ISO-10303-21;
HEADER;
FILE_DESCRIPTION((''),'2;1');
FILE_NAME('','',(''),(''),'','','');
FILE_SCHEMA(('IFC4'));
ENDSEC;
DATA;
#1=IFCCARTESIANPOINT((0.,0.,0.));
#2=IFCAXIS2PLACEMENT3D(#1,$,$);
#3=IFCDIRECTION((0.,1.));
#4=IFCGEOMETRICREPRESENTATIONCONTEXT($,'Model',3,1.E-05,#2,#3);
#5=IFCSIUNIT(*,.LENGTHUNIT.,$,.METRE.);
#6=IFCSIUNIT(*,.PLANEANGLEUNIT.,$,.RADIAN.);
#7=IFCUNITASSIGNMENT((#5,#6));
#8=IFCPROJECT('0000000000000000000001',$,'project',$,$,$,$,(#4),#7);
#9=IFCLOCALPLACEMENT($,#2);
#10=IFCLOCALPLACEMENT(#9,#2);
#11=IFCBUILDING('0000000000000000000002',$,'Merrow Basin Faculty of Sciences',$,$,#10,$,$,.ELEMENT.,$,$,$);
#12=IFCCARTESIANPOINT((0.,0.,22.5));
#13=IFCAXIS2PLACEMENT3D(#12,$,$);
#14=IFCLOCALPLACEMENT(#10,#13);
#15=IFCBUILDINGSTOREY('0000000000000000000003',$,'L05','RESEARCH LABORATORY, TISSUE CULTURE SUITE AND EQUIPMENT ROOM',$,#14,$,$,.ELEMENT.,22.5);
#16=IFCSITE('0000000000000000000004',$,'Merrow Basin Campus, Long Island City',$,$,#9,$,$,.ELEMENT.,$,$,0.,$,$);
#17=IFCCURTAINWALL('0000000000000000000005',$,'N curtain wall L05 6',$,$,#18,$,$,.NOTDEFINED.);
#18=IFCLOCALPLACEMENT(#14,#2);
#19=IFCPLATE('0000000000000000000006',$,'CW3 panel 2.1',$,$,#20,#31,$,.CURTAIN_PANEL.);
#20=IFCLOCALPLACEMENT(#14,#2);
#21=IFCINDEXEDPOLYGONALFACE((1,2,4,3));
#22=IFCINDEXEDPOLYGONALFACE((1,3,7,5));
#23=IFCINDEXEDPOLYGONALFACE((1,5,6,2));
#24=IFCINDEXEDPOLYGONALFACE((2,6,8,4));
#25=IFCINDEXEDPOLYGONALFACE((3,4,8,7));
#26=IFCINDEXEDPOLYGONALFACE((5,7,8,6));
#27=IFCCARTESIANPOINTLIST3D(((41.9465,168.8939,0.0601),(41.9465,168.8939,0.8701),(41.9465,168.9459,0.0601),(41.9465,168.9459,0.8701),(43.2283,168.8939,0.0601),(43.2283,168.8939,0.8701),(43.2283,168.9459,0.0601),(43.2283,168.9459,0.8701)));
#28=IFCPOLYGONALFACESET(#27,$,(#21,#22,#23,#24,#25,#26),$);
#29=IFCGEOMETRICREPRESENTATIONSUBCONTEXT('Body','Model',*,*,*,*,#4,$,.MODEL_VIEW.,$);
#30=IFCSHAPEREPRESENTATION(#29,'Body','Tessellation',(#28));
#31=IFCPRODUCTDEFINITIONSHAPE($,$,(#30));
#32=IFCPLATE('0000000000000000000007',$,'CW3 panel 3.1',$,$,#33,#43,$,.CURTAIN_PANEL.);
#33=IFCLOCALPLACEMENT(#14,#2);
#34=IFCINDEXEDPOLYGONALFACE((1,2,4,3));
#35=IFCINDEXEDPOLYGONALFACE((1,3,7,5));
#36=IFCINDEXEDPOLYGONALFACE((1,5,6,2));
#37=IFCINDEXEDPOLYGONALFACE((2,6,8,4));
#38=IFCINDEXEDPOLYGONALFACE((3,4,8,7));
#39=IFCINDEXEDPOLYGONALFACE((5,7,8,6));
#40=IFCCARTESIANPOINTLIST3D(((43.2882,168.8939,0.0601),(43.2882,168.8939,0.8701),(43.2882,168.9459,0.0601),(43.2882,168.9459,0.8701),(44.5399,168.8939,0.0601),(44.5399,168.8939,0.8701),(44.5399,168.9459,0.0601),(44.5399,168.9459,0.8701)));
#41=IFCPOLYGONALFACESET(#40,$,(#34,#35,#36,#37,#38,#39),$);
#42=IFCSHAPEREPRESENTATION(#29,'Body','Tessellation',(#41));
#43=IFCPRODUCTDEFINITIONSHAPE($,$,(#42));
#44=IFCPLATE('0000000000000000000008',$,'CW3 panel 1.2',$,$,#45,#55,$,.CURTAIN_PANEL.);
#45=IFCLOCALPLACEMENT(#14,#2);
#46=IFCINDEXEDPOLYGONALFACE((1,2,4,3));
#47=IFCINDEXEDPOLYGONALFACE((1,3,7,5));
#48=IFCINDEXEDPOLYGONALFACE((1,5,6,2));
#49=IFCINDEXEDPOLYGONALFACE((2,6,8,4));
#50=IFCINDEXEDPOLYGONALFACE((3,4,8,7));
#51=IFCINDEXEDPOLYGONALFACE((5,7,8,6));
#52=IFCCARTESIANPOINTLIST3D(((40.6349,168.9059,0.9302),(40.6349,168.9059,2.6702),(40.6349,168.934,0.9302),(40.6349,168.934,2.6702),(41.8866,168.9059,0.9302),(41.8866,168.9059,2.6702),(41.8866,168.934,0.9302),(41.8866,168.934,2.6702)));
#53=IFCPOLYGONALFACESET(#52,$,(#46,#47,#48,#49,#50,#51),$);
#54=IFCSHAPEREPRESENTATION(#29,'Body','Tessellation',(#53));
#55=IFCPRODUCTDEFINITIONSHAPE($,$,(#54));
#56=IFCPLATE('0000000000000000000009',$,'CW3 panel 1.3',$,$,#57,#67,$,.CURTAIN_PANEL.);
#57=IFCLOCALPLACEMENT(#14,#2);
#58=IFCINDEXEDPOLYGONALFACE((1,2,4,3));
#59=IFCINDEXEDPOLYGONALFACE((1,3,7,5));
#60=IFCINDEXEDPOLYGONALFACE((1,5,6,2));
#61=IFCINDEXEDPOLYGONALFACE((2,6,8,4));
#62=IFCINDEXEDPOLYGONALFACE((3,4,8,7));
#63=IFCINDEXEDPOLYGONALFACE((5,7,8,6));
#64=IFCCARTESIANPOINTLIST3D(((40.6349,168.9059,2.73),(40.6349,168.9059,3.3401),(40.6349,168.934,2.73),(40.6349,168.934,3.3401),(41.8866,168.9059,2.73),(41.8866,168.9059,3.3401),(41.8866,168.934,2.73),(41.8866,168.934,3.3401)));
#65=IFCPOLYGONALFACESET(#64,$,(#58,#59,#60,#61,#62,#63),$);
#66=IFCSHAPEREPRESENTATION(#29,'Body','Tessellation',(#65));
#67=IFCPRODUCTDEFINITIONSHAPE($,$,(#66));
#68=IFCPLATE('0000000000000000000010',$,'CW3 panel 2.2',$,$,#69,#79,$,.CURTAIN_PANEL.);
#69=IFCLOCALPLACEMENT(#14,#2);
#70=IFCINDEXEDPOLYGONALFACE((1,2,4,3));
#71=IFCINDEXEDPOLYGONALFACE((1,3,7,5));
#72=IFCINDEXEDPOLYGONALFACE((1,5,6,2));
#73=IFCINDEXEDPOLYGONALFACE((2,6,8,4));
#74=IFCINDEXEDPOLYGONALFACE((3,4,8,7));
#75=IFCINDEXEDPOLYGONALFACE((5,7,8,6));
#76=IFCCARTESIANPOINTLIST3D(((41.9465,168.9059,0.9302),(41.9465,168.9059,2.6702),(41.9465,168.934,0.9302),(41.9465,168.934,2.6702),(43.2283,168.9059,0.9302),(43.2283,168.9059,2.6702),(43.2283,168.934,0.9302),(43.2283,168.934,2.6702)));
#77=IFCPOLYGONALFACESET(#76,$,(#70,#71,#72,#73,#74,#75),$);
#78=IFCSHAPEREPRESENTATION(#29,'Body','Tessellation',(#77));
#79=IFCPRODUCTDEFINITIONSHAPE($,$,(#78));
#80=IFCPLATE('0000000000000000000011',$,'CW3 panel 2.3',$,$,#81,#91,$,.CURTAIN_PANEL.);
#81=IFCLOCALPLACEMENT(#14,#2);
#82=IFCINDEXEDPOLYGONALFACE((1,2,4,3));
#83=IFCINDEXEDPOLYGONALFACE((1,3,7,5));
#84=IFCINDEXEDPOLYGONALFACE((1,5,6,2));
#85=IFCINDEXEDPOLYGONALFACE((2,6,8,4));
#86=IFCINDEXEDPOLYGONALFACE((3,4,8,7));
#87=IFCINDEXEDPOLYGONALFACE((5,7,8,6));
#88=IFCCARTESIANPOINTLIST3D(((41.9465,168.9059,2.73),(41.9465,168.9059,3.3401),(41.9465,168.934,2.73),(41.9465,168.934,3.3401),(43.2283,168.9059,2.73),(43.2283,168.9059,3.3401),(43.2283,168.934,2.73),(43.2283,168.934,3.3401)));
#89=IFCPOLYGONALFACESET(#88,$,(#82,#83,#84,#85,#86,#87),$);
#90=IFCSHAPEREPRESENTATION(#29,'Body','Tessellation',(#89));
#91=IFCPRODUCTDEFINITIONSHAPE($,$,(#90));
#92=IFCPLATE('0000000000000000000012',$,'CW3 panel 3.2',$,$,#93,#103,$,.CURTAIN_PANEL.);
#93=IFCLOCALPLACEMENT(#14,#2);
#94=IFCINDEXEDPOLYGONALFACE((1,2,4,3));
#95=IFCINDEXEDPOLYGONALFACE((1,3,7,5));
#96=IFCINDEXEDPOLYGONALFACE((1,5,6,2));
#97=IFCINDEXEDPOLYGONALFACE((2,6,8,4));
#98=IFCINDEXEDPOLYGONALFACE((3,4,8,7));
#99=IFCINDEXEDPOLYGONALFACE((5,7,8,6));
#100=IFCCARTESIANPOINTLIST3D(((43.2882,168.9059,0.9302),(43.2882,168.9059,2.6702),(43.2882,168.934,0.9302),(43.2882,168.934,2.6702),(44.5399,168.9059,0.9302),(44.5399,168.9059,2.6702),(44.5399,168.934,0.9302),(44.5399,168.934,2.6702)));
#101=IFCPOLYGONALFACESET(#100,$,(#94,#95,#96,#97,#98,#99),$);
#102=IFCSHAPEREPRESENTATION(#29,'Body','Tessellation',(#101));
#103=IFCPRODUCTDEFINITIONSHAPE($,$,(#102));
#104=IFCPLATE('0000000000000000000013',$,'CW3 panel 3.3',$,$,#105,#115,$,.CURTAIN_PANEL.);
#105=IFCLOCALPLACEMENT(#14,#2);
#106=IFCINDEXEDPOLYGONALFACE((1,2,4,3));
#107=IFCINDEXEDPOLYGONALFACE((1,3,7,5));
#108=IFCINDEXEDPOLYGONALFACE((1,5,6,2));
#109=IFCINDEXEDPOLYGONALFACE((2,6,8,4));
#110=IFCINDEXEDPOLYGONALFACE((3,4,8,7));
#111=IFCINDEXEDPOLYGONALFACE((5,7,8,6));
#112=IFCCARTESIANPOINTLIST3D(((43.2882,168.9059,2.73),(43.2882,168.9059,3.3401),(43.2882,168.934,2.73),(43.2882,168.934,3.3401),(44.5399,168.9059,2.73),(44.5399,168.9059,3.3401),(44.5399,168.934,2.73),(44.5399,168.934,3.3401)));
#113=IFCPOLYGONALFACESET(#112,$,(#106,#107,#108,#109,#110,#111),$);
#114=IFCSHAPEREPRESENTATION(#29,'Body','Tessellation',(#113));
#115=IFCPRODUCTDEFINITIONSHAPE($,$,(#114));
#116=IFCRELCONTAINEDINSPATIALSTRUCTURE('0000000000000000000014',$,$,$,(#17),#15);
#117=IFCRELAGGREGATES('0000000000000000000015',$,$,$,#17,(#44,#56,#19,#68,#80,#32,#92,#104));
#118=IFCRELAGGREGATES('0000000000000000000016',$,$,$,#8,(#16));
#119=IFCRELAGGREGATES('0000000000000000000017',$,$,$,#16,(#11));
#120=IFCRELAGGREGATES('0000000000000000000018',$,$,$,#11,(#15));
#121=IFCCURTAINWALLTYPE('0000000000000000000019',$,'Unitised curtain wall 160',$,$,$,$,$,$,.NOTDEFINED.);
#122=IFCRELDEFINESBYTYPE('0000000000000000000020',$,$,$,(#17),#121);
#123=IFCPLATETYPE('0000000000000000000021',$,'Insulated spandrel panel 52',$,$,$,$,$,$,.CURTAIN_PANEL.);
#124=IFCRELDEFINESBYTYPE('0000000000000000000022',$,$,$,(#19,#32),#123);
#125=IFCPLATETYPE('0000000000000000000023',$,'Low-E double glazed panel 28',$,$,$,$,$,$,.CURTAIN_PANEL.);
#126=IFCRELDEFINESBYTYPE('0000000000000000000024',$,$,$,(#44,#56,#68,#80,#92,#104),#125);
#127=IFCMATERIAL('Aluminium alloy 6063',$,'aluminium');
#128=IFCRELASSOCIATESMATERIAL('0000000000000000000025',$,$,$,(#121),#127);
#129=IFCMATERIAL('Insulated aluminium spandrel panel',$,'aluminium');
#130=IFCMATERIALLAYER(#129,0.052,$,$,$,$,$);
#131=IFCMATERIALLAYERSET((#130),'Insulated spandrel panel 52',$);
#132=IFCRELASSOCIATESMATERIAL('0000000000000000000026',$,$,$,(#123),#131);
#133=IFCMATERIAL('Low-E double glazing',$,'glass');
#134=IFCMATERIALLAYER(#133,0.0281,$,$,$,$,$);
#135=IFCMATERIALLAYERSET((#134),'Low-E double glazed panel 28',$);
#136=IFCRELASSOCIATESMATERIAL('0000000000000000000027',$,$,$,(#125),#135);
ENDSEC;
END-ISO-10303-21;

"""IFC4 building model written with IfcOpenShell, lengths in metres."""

from ifc_helpers import new_model, si_unit, direction, frame, origin, origin_2d, place, context, subcontext, project, spatial, rectangle, extrude, material, layer, layer_set, type_object, element, aggregate, save


model = new_model("IFC4")

# Units and contexts
model_context = context("Model", 3, precision=1e-05, world=origin(), true_north=direction((0.0, 1.0)))
body_context = subcontext(model_context, "Body", "Model", "MODEL_VIEW")
ifc_project = project(units=[si_unit("LENGTHUNIT", "METRE"), si_unit("PLANEANGLEUNIT", "RADIAN")], contexts=[model_context])

# Site, building, storey
site_placement = place(None, origin())
site = spatial("IfcSite", under=ifc_project, at=site_placement, Name="Merrow Basin Campus, Long Island City", CompositionType="ELEMENT", RefElevation=0.0)
building_placement = place(site_placement, origin())
building = spatial("IfcBuilding", under=site, at=building_placement, Name="Merrow Basin Faculty of Sciences", CompositionType="ELEMENT")
storey_placement = place(building_placement, frame((0.0, 0.0, 22.5)))
storey = spatial("IfcBuildingStorey", under=building, at=storey_placement, Name="L05", Description="RESEARCH LABORATORY, TISSUE CULTURE SUITE AND EQUIPMENT ROOM", CompositionType="ELEMENT", Elevation=22.5)

# Curtain wall
ifc_material_1 = material(Name="Aluminium alloy 6063", Category="aluminium")
curtain_wall_type = type_object("IfcCurtainWallType", Name="Unitised curtain wall 160", PredefinedType="NOTDEFINED", material=ifc_material_1)
curtain_wall_1_placement = place(storey_placement, origin())
curtain_wall_1 = element("IfcCurtainWall", 1, at=curtain_wall_1_placement, inside=storey, type_object=curtain_wall_type, Name="N curtain wall L05 6", PredefinedType="NOTDEFINED")

# Plates
ifc_material_2 = material(Name="Insulated aluminium spandrel panel", Category="aluminium")
ifc_layer_1 = layer(ifc_material_2, 0.052)
ifc_layer_set_1 = layer_set([ifc_layer_1], Name="Insulated spandrel panel 52")
plate_type_1 = type_object("IfcPlateType", Name="Insulated spandrel panel 52", PredefinedType="CURTAIN_PANEL", material=ifc_layer_set_1)
plate_1_placement = place(storey_placement, frame((42.5874, 168.9199, 0.0601), z_axis=(0.0, 0.0, 1.0), x_axis=(1.0, 0.0, 0.0)))
plate_1 = element("IfcPlate", 2, at=plate_1_placement, type_object=plate_type_1, Name="CW3 panel 2.1", PredefinedType="CURTAIN_PANEL", context=body_context, shape_type="SweptSolid", body=[
    extrude(rectangle(XDim=1.2817, YDim=0.052, at=origin_2d()), origin(), (0.0, 0.0, 1.0), 0.8101),
])
plate_2_placement = place(storey_placement, frame((43.9141, 168.9199, 0.0601), z_axis=(0.0, 0.0, 1.0), x_axis=(1.0, 0.0, 0.0)))
plate_2 = element("IfcPlate", 3, at=plate_2_placement, type_object=plate_type_1, Name="CW3 panel 3.1", PredefinedType="CURTAIN_PANEL", context=body_context, shape_type="SweptSolid", body=[
    extrude(rectangle(XDim=1.2517, YDim=0.052, at=origin_2d()), origin(), (0.0, 0.0, 1.0), 0.8101),
])
ifc_material_3 = material(Name="Low-E double glazing", Category="glass")
ifc_layer_2 = layer(ifc_material_3, 0.0281)
ifc_layer_set_2 = layer_set([ifc_layer_2], Name="Low-E double glazed panel 28")
plate_type_2 = type_object("IfcPlateType", Name="Low-E double glazed panel 28", PredefinedType="CURTAIN_PANEL", material=ifc_layer_set_2)
plate_3_placement = place(storey_placement, frame((41.2607, 168.9199, 0.9302), z_axis=(0.0, 0.0, 1.0), x_axis=(1.0, 0.0, 0.0)))
plate_3 = element("IfcPlate", 4, at=plate_3_placement, type_object=plate_type_2, Name="CW3 panel 1.2", PredefinedType="CURTAIN_PANEL", context=body_context, shape_type="SweptSolid", body=[
    extrude(rectangle(XDim=1.2517, YDim=0.0281, at=origin_2d()), origin(), (0.0, 0.0, 1.0), 1.74),
])
plate_4_placement = place(storey_placement, frame((41.2607, 168.9199, 2.73), z_axis=(0.0, 0.0, 1.0), x_axis=(1.0, 0.0, 0.0)))
plate_4 = element("IfcPlate", 5, at=plate_4_placement, type_object=plate_type_2, Name="CW3 panel 1.3", PredefinedType="CURTAIN_PANEL", context=body_context, shape_type="SweptSolid", body=[
    extrude(rectangle(XDim=1.2517, YDim=0.0281, at=origin_2d()), origin(), (0.0, 0.0, 1.0), 0.6101),
])
plate_5_placement = place(storey_placement, frame((42.5874, 168.9199, 0.9302), z_axis=(0.0, 0.0, 1.0), x_axis=(1.0, 0.0, 0.0)))
plate_5 = element("IfcPlate", 6, at=plate_5_placement, type_object=plate_type_2, Name="CW3 panel 2.2", PredefinedType="CURTAIN_PANEL", context=body_context, shape_type="SweptSolid", body=[
    extrude(rectangle(XDim=1.2817, YDim=0.0281, at=origin_2d()), origin(), (0.0, 0.0, 1.0), 1.74),
])
plate_6_placement = place(storey_placement, frame((42.5874, 168.9199, 2.73), z_axis=(0.0, 0.0, 1.0), x_axis=(1.0, 0.0, 0.0)))
plate_6 = element("IfcPlate", 7, at=plate_6_placement, type_object=plate_type_2, Name="CW3 panel 2.3", PredefinedType="CURTAIN_PANEL", context=body_context, shape_type="SweptSolid", body=[
    extrude(rectangle(XDim=1.2817, YDim=0.0281, at=origin_2d()), origin(), (0.0, 0.0, 1.0), 0.6101),
])
plate_7_placement = place(storey_placement, frame((43.9141, 168.9199, 0.9302), z_axis=(0.0, 0.0, 1.0), x_axis=(1.0, 0.0, 0.0)))
plate_7 = element("IfcPlate", 8, at=plate_7_placement, type_object=plate_type_2, Name="CW3 panel 3.2", PredefinedType="CURTAIN_PANEL", context=body_context, shape_type="SweptSolid", body=[
    extrude(rectangle(XDim=1.2517, YDim=0.0281, at=origin_2d()), origin(), (0.0, 0.0, 1.0), 1.74),
])
plate_8_placement = place(storey_placement, frame((43.9141, 168.9199, 2.73), z_axis=(0.0, 0.0, 1.0), x_axis=(1.0, 0.0, 0.0)))
plate_8 = element("IfcPlate", 9, at=plate_8_placement, type_object=plate_type_2, Name="CW3 panel 3.3", PredefinedType="CURTAIN_PANEL", context=body_context, shape_type="SweptSolid", body=[
    extrude(rectangle(XDim=1.2517, YDim=0.0281, at=origin_2d()), origin(), (0.0, 0.0, 1.0), 0.6101),
])
aggregate(curtain_wall_1, [plate_3, plate_4, plate_1, plate_5, plate_6, plate_2, plate_7, plate_8])

save(model, "model.ifc")
